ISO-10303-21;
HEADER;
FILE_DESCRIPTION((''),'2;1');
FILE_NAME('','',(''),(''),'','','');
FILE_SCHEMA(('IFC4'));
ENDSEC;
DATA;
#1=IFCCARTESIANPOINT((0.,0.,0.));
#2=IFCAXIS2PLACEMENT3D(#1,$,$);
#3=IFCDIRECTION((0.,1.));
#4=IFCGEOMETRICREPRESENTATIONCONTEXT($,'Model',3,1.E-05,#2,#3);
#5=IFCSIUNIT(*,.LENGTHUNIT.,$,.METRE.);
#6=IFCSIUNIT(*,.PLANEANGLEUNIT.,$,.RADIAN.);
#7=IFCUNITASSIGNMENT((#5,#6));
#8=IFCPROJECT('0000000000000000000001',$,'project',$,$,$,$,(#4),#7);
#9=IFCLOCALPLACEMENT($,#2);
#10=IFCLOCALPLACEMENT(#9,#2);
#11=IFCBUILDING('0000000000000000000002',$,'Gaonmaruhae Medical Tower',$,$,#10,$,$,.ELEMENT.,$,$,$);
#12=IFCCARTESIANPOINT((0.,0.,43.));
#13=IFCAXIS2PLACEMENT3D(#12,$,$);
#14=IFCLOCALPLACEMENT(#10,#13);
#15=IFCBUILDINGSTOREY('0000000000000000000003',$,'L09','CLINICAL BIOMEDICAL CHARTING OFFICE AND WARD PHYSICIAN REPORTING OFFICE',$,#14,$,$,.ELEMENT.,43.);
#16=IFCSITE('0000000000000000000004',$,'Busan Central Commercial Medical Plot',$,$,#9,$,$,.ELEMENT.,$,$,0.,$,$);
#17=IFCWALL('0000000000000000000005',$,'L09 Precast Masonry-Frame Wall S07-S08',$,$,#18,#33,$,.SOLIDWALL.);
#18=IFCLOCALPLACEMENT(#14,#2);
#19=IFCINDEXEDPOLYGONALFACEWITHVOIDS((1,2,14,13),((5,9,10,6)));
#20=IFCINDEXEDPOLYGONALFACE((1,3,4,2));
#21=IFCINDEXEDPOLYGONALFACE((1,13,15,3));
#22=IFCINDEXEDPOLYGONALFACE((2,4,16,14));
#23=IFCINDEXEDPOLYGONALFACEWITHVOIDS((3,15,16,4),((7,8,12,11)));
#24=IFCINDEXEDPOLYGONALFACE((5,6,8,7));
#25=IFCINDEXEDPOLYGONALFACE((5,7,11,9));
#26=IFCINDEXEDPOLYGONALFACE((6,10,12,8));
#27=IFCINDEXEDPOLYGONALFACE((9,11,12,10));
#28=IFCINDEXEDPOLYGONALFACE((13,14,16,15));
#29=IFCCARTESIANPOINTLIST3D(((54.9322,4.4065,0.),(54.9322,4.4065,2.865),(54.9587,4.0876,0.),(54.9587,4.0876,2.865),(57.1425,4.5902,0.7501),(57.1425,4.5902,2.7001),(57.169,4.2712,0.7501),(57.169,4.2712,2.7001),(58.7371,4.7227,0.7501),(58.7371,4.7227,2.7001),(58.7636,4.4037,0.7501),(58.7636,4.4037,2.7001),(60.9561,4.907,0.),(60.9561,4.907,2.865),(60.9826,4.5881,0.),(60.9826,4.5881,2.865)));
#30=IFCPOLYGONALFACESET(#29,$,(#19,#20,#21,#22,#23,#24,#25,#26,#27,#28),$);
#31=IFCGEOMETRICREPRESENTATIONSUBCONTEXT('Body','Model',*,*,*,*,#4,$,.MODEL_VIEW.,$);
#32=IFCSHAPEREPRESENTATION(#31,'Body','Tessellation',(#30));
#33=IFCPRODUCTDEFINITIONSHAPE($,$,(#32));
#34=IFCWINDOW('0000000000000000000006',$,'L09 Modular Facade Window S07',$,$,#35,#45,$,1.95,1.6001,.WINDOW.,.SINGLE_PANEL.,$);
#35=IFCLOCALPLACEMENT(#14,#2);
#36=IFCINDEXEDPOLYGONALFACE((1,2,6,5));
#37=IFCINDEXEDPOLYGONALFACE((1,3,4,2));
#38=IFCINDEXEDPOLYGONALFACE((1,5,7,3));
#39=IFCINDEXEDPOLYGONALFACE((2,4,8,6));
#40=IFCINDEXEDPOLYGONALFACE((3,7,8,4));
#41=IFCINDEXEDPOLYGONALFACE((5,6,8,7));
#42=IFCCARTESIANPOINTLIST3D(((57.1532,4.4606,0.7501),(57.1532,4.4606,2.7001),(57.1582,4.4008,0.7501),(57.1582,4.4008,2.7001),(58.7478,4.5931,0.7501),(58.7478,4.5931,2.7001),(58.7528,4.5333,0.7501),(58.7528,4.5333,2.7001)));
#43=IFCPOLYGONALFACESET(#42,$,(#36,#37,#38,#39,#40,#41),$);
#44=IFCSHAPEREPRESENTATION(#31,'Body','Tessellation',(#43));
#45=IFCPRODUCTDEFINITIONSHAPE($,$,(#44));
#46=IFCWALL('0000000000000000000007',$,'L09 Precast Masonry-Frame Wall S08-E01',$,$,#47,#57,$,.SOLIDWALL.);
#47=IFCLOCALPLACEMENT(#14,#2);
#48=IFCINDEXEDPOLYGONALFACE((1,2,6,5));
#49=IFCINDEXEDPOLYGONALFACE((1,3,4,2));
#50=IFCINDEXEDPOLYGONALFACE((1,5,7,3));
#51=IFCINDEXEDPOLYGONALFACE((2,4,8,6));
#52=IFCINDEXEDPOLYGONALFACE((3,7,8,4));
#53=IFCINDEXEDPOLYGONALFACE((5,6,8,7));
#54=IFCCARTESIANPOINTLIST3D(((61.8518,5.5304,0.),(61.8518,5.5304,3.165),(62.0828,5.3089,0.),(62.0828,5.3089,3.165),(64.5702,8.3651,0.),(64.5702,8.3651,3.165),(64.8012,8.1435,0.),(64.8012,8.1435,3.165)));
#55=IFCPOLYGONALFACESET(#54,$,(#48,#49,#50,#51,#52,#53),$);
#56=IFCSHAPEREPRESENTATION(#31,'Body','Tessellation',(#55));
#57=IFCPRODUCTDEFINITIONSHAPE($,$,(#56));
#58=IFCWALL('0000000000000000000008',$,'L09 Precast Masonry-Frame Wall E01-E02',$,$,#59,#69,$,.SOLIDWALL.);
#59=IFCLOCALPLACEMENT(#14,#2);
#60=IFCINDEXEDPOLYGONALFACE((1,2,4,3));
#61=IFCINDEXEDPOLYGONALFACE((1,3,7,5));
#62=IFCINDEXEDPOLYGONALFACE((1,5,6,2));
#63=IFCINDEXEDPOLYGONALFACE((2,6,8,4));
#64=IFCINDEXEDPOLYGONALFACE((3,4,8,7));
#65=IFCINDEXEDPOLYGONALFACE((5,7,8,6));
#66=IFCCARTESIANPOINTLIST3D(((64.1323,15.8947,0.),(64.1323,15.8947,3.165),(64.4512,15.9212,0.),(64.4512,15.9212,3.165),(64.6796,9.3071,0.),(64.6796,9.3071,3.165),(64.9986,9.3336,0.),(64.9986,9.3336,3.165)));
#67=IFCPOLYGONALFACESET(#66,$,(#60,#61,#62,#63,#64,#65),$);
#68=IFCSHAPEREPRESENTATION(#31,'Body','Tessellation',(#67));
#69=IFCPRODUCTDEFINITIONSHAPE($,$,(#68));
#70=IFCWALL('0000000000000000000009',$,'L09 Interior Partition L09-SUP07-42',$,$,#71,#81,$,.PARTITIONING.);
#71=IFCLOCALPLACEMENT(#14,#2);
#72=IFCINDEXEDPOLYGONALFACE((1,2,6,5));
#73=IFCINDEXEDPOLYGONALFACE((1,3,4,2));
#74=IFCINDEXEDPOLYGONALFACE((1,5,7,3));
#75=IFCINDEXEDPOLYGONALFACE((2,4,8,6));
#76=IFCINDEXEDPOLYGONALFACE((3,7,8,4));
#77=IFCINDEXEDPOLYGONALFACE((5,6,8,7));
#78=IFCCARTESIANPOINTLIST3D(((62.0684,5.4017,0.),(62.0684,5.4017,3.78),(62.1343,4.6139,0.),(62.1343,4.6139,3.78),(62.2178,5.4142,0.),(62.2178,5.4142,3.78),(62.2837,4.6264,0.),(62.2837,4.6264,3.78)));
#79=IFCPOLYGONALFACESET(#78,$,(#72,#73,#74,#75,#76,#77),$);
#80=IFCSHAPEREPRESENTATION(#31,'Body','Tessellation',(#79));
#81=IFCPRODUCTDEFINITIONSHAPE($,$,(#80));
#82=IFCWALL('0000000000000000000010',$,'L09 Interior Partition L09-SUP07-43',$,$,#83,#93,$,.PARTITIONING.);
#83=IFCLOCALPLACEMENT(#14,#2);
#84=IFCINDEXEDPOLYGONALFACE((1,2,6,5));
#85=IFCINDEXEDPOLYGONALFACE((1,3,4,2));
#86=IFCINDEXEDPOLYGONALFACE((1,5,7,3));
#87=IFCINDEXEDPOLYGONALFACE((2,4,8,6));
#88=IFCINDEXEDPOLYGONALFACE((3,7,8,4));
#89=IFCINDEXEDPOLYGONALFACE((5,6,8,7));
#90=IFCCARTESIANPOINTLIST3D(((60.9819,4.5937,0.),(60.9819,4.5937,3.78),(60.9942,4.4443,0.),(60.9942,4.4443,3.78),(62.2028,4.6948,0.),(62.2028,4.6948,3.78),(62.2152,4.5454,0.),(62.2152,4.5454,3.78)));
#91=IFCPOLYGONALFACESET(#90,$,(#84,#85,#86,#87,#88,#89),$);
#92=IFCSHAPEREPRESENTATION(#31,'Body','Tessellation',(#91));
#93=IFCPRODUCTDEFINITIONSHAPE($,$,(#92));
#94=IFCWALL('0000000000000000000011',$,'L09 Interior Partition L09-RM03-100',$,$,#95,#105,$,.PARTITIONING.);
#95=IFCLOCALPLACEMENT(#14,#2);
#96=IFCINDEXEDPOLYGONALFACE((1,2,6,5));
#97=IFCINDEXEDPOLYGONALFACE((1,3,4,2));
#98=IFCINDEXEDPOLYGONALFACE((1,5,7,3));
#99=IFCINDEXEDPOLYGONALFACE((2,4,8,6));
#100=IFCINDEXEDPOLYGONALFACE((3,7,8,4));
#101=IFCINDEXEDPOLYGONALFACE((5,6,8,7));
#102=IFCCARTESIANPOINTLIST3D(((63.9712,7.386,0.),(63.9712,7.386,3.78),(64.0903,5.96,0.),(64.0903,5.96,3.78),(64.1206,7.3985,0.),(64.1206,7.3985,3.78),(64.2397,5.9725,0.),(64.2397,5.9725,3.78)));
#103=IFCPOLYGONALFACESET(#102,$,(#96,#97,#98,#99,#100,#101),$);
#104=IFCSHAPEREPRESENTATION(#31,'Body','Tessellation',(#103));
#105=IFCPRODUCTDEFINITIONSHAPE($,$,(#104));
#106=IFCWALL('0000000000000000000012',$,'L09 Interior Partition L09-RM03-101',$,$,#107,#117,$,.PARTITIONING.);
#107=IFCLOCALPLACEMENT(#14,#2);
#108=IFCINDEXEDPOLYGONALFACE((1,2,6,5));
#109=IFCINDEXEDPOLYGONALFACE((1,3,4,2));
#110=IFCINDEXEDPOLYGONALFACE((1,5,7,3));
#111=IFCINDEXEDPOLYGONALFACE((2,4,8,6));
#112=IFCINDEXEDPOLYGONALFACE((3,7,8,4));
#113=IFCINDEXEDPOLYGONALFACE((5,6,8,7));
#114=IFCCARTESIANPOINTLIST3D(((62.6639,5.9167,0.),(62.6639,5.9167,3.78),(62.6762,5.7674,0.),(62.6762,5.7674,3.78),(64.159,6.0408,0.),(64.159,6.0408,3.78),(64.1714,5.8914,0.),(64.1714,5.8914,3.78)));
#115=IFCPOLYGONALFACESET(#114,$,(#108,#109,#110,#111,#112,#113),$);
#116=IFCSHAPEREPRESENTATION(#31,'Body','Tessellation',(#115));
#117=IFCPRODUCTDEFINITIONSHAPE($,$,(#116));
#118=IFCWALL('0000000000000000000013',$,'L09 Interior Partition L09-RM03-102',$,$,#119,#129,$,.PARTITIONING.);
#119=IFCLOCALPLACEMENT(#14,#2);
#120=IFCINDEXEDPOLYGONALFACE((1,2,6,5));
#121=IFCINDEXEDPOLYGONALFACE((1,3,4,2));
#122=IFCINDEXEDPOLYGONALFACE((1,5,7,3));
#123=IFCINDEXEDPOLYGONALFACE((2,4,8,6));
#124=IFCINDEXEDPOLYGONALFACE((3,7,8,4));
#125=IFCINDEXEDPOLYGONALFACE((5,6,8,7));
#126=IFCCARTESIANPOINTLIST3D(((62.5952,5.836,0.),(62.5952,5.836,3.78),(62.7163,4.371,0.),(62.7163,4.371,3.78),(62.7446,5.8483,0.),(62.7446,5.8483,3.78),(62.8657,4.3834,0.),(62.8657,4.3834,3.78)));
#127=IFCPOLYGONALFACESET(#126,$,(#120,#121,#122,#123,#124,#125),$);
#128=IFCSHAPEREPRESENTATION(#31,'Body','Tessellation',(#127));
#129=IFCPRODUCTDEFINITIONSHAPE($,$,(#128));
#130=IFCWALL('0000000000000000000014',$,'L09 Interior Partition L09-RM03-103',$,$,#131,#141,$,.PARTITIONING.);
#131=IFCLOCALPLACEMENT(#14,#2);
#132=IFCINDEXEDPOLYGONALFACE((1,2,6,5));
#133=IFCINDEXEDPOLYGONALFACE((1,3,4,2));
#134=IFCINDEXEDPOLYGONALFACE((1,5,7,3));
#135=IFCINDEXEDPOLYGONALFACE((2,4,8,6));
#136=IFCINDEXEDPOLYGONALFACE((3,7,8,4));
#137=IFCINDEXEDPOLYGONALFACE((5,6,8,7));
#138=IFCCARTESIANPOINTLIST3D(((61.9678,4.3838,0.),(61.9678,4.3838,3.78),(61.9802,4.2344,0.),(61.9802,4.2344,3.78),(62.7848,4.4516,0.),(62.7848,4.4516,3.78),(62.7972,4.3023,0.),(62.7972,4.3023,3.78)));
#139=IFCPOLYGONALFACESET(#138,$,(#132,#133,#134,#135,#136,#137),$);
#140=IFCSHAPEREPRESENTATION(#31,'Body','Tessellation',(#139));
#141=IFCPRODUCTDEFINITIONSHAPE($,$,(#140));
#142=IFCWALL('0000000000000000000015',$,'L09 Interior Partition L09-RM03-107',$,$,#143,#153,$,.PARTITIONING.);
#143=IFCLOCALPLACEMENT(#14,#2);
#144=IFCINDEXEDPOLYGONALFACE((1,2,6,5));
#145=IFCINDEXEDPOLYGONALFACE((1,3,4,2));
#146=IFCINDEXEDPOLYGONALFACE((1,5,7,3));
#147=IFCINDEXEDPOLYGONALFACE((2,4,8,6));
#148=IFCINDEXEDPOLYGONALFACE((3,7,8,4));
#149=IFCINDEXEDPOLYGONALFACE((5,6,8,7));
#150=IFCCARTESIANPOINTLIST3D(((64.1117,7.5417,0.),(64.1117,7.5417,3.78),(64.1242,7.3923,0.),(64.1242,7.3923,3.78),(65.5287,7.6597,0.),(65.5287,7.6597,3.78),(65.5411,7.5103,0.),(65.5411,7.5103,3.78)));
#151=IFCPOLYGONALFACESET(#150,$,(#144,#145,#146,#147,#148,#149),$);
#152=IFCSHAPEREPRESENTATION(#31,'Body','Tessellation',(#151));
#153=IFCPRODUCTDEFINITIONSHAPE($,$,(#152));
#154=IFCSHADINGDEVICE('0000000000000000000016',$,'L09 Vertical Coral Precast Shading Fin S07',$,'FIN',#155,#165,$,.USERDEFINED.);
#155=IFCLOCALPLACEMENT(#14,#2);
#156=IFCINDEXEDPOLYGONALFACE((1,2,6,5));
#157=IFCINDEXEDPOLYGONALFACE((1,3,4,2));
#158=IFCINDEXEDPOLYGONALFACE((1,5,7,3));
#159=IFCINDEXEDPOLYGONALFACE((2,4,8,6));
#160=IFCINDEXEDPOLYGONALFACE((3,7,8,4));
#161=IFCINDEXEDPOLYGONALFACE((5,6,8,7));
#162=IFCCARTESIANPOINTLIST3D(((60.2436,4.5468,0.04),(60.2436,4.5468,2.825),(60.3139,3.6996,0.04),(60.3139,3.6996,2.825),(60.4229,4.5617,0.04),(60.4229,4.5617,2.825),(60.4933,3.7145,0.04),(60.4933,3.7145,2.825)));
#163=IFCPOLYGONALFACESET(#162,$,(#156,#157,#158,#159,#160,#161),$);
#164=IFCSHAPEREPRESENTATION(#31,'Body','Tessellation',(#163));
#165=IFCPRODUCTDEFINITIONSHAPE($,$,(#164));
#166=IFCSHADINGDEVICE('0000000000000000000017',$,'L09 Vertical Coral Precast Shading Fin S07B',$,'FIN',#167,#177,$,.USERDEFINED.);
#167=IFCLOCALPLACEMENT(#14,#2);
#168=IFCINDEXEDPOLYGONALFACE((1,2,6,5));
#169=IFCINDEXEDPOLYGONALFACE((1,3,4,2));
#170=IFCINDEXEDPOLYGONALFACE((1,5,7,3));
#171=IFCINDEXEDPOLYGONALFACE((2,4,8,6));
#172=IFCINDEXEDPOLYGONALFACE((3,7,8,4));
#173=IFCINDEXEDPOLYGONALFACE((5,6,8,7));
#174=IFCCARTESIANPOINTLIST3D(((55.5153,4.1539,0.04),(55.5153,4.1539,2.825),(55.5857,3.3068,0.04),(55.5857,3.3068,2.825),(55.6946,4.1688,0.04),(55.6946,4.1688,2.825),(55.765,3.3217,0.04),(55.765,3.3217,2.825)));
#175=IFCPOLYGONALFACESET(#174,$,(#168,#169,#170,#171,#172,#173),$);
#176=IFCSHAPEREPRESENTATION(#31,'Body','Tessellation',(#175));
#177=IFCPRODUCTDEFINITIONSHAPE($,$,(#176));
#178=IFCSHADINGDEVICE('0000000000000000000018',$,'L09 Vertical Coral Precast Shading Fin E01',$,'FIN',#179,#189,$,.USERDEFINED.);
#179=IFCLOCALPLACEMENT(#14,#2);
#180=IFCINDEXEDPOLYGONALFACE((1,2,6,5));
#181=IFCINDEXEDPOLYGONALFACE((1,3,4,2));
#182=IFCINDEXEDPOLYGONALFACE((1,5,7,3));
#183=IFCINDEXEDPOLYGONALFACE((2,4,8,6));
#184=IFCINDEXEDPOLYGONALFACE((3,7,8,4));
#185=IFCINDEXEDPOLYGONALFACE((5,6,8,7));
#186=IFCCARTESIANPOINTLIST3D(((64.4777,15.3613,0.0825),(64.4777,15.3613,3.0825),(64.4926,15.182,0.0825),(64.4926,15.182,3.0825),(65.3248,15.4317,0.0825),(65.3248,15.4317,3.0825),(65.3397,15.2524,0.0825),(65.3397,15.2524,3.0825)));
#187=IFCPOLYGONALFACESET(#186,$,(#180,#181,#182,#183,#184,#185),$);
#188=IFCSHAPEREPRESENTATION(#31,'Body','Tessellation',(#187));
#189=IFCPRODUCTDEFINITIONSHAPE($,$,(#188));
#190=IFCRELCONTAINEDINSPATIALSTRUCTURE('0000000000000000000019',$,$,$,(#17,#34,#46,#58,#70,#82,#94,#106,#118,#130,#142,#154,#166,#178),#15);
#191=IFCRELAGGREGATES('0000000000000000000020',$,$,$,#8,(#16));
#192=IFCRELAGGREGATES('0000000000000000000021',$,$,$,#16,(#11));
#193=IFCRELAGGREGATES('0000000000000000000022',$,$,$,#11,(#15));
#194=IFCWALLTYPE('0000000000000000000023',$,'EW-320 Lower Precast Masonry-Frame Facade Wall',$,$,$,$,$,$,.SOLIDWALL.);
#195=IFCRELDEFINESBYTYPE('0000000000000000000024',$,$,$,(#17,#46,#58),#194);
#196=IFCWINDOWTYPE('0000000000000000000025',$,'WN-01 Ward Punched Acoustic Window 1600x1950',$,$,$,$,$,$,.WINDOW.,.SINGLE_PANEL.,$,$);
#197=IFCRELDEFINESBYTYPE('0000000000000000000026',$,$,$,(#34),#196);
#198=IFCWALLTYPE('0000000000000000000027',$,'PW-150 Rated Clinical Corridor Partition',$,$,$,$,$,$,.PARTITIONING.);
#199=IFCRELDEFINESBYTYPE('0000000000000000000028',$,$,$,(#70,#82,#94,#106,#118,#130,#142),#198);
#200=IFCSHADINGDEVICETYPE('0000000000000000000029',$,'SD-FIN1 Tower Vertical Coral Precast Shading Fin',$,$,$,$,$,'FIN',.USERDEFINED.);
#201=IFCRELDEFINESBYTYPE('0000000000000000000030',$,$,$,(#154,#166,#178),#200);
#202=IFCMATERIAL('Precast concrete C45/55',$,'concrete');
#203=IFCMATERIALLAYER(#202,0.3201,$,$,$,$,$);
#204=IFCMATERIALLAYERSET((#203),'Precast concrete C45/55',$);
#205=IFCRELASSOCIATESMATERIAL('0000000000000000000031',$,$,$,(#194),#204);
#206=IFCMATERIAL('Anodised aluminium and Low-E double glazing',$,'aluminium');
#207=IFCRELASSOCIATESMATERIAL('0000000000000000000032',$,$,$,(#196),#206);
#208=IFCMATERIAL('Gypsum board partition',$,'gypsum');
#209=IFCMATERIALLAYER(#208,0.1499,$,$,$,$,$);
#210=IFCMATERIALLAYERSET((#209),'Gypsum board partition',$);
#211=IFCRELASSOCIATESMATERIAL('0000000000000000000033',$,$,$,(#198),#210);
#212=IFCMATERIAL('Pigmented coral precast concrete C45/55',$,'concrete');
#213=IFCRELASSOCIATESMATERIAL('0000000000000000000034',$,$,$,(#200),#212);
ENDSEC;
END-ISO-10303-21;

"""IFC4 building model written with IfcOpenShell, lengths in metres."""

from ifc_helpers import new_model, si_unit, direction, frame, frame_2d, origin, origin_2d, place, context, subcontext, project, spatial, rectangle, extrude, material, layer, layer_set, type_object, element, fill, save


model = new_model("IFC4")

# Units and contexts
model_context = context("Model", 3, precision=1e-05, world=origin(), true_north=direction((0.0, 1.0)))
body_context = subcontext(model_context, "Body", "Model", "MODEL_VIEW")
ifc_project = project(units=[si_unit("LENGTHUNIT", "METRE"), si_unit("PLANEANGLEUNIT", "RADIAN")], contexts=[model_context])

# Site, building, storey
site_placement = place(None, origin())
site = spatial("IfcSite", under=ifc_project, at=site_placement, Name="Busan Central Commercial Medical Plot", CompositionType="ELEMENT", RefElevation=0.0)
building_placement = place(site_placement, origin())
building = spatial("IfcBuilding", under=site, at=building_placement, Name="Gaonmaruhae Medical Tower", CompositionType="ELEMENT")
storey_placement = place(building_placement, frame((0.0, 0.0, 43.0)))
storey = spatial("IfcBuildingStorey", under=building, at=storey_placement, Name="L09", Description="CLINICAL BIOMEDICAL CHARTING OFFICE AND WARD PHYSICIAN REPORTING OFFICE", CompositionType="ELEMENT", Elevation=43.0)

# Wall, opening, window
ifc_material_1 = material(Name="Precast concrete C45/55", Category="concrete")
ifc_layer_1 = layer(ifc_material_1, 0.3201)
ifc_layer_set_1 = layer_set([ifc_layer_1], Name="Precast concrete C45/55")
wall_type_1 = type_object("IfcWallType", Name="EW-320 Lower Precast Masonry-Frame Facade Wall", PredefinedType="SOLIDWALL", material=ifc_layer_set_1)
wall_1_placement = place(storey_placement, frame((60.9695, 4.7476, 0.0), z_axis=(0.0, 0.0, 1.0), x_axis=(-0.996566, -0.082798, 0.0)))
wall_1 = element("IfcWall", 1, at=wall_1_placement, inside=storey, type_object=wall_type_1, Name="L09 Precast Masonry-Frame Wall S07-S08", PredefinedType="SOLIDWALL", context=body_context, shape_type="SweptSolid", body=[
    extrude(rectangle(XDim=6.0447, YDim=0.3201, at=frame_2d((3.0225, 0.0))), origin(), (0.0, 0.0, 1.0), 2.865),
])
opening_placement = place(wall_1_placement, frame((2.2268, 0.0, 0.75)))
opening = element("IfcOpeningElement", 2, at=opening_placement, cuts=wall_1, PredefinedType="OPENING", context=body_context, shape_type="SweptSolid", body=[
    extrude(rectangle(XDim=1.6001, YDim=1.95, at=frame_2d((0.8, 0.9751))), frame((0.0, 0.1699, 0.0), z_axis=(0.0, -1.0, 0.0), x_axis=(1.0, 0.0, 0.0)), (0.0, 0.0, 1.0), 0.3401),
])
ifc_material_2 = material(Name="Anodised aluminium and Low-E double glazing", Category="aluminium")
window_type = type_object("IfcWindowType", Name="WN-01 Ward Punched Acoustic Window 1600x1950", PartitioningType="SINGLE_PANEL", PredefinedType="WINDOW", material=ifc_material_2)
window_placement = place(opening_placement, origin())
window = element("IfcWindow", 3, at=window_placement, inside=storey, type_object=window_type, Name="L09 Modular Facade Window S07", OverallHeight=1.95, OverallWidth=1.6001, PartitioningType="SINGLE_PANEL", PredefinedType="WINDOW", context=body_context, shape_type="SweptSolid", body=[
    extrude(rectangle(XDim=1.6001, YDim=1.95, at=frame_2d((0.8, 0.9751))), frame((0.0, 0.03, 0.0), z_axis=(0.0, -1.0, 0.0), x_axis=(1.0, 0.0, 0.0)), (0.0, 0.0, 1.0), 0.0601),
])
fill(opening, window)

# Walls
wall_2_placement = place(storey_placement, frame((64.6858, 8.2544, 0.0), z_axis=(0.0, 0.0, 1.0), x_axis=(-0.692158, -0.721746, 0.0)))
element("IfcWall", 4, at=wall_2_placement, inside=storey, type_object=wall_type_1, Name="L09 Precast Masonry-Frame Wall S08-E01", PredefinedType="SOLIDWALL", context=body_context, shape_type="SweptSolid", body=[
    extrude(rectangle(XDim=3.9275, YDim=0.3201, at=frame_2d((1.9639, 0.0))), origin(), (0.0, 0.0, 1.0), 3.165),
])
wall_3_placement = place(storey_placement, frame((64.2917, 15.908, 0.0), z_axis=(0.0, 0.0, 1.0), x_axis=(0.082804, -0.996566, 0.0)))
element("IfcWall", 5, at=wall_3_placement, inside=storey, type_object=wall_type_1, Name="L09 Precast Masonry-Frame Wall E01-E02", PredefinedType="SOLIDWALL", context=body_context, shape_type="SweptSolid", body=[
    extrude(rectangle(XDim=6.6104, YDim=0.3201, at=frame_2d((3.3052, 0.0))), origin(), (0.0, 0.0, 1.0), 3.165),
])
ifc_material_3 = material(Name="Gypsum board partition", Category="gypsum")
ifc_layer_2 = layer(ifc_material_3, 0.1499)
ifc_layer_set_2 = layer_set([ifc_layer_2], Name="Gypsum board partition")
wall_type_2 = type_object("IfcWallType", Name="PW-150 Rated Clinical Corridor Partition", PredefinedType="PARTITIONING", material=ifc_layer_set_2)
wall_4_placement = place(storey_placement, frame((62.1431, 5.408, 0.0), z_axis=(0.0, 0.0, 1.0), x_axis=(0.083378, -0.996518, 0.0)))
element("IfcWall", 6, at=wall_4_placement, inside=storey, type_object=wall_type_2, Name="L09 Interior Partition L09-SUP07-42", PredefinedType="PARTITIONING", context=body_context, shape_type="SweptSolid", body=[
    extrude(rectangle(XDim=0.7905, YDim=0.1499, at=frame_2d((0.3953, 0.0))), origin(), (0.0, 0.0, 1.0), 3.78),
])
wall_5_placement = place(storey_placement, frame((62.209, 4.6201, 0.0), z_axis=(0.0, 0.0, 1.0), x_axis=(-0.996591, -0.082501, 0.0)))
element("IfcWall", 7, at=wall_5_placement, inside=storey, type_object=wall_type_2, Name="L09 Interior Partition L09-SUP07-43", PredefinedType="PARTITIONING", context=body_context, shape_type="SweptSolid", body=[
    extrude(rectangle(XDim=1.2251, YDim=0.1499, at=frame_2d((0.6125, 0.0))), origin(), (0.0, 0.0, 1.0), 3.78),
])
wall_6_placement = place(storey_placement, frame((64.0459, 7.3921, 0.0), z_axis=(0.0, 0.0, 1.0), x_axis=(0.083257, -0.996528, 0.0)))
element("IfcWall", 8, at=wall_6_placement, inside=storey, type_object=wall_type_2, Name="L09 Interior Partition L09-RM03-100", PredefinedType="PARTITIONING", context=body_context, shape_type="SweptSolid", body=[
    extrude(rectangle(XDim=1.4309, YDim=0.1499, at=frame_2d((0.7153, 0.0))), origin(), (0.0, 0.0, 1.0), 3.78),
])
wall_7_placement = place(storey_placement, frame((64.165, 5.9661, 0.0), z_axis=(0.0, 0.0, 1.0), x_axis=(-0.996577, -0.082668, 0.0)))
element("IfcWall", 9, at=wall_7_placement, inside=storey, type_object=wall_type_2, Name="L09 Interior Partition L09-RM03-101", PredefinedType="PARTITIONING", context=body_context, shape_type="SweptSolid", body=[
    extrude(rectangle(XDim=1.5002, YDim=0.1499, at=frame_2d((0.75, 0.0))), origin(), (0.0, 0.0, 1.0), 3.78),
])
wall_8_placement = place(storey_placement, frame((62.6699, 5.842, 0.0), z_axis=(0.0, 0.0, 1.0), x_axis=(0.082372, -0.996602, 0.0)))
element("IfcWall", 10, at=wall_8_placement, inside=storey, type_object=wall_type_2, Name="L09 Interior Partition L09-RM03-102", PredefinedType="PARTITIONING", context=body_context, shape_type="SweptSolid", body=[
    extrude(rectangle(XDim=1.47, YDim=0.1499, at=frame_2d((0.7349, 0.0))), origin(), (0.0, 0.0, 1.0), 3.78),
])
wall_9_placement = place(storey_placement, frame((62.791, 4.377, 0.0), z_axis=(0.0, 0.0, 1.0), x_axis=(-0.996566, -0.082799, 0.0)))
element("IfcWall", 11, at=wall_9_placement, inside=storey, type_object=wall_type_2, Name="L09 Interior Partition L09-RM03-103", PredefinedType="PARTITIONING", context=body_context, shape_type="SweptSolid", body=[
    extrude(rectangle(XDim=0.8198, YDim=0.1499, at=frame_2d((0.4099, 0.0))), origin(), (0.0, 0.0, 1.0), 3.78),
])
wall_10_placement = place(storey_placement, frame((65.5349, 7.585, 0.0), z_axis=(0.0, 0.0, 1.0), x_axis=(-0.996555, -0.082932, 0.0)))
element("IfcWall", 12, at=wall_10_placement, inside=storey, type_object=wall_type_2, Name="L09 Interior Partition L09-RM03-107", PredefinedType="PARTITIONING", context=body_context, shape_type="SweptSolid", body=[
    extrude(rectangle(XDim=1.4219, YDim=0.1499, at=frame_2d((0.7109, 0.0))), origin(), (0.0, 0.0, 1.0), 3.78),
])

# Shading devices
ifc_material_4 = material(Name="Pigmented coral precast concrete C45/55", Category="concrete")
shading_device_type = type_object("IfcShadingDeviceType", Name="SD-FIN1 Tower Vertical Coral Precast Shading Fin", ElementType="FIN", PredefinedType="USERDEFINED", material=ifc_material_4)
for number, where, z_axis, x_axis, name in (
    (13, (60.3684, 4.1306, 0.04), (0.0, 0.0, 1.0), (-0.996566, -0.082808, 0.0), "L09 Vertical Coral Precast Shading Fin S07"),
    (14, (55.6401, 3.7378, 0.04), (0.0, 0.0, 1.0), (-0.996566, -0.082808, 0.0), "L09 Vertical Coral Precast Shading Fin S07B"),
):
    element("IfcShadingDevice", number, at=place(storey_placement, frame(where, z_axis=z_axis, x_axis=x_axis)), inside=storey, type_object=shading_device_type, Name=name, ObjectType="FIN", PredefinedType="USERDEFINED", context=body_context, shape_type="SweptSolid", body=[
        extrude(rectangle(XDim=0.1799, YDim=0.8501, at=origin_2d()), origin(), (0.0, 0.0, 1.0), 2.7849),
    ])
for number, where, z_axis, x_axis, name in (
    (15, (64.9087, 15.3069, 0.0825), (0.0, 0.0, 1.0), (0.082808, -0.996566, 0.0), "L09 Vertical Coral Precast Shading Fin E01"),
):
    element("IfcShadingDevice", number, at=place(storey_placement, frame(where, z_axis=z_axis, x_axis=x_axis)), inside=storey, type_object=shading_device_type, Name=name, ObjectType="FIN", PredefinedType="USERDEFINED", context=body_context, shape_type="SweptSolid", body=[
        extrude(rectangle(XDim=0.1799, YDim=0.8501, at=origin_2d()), origin(), (0.0, 0.0, 1.0), 3.0),
    ])

save(model, "model.ifc")
